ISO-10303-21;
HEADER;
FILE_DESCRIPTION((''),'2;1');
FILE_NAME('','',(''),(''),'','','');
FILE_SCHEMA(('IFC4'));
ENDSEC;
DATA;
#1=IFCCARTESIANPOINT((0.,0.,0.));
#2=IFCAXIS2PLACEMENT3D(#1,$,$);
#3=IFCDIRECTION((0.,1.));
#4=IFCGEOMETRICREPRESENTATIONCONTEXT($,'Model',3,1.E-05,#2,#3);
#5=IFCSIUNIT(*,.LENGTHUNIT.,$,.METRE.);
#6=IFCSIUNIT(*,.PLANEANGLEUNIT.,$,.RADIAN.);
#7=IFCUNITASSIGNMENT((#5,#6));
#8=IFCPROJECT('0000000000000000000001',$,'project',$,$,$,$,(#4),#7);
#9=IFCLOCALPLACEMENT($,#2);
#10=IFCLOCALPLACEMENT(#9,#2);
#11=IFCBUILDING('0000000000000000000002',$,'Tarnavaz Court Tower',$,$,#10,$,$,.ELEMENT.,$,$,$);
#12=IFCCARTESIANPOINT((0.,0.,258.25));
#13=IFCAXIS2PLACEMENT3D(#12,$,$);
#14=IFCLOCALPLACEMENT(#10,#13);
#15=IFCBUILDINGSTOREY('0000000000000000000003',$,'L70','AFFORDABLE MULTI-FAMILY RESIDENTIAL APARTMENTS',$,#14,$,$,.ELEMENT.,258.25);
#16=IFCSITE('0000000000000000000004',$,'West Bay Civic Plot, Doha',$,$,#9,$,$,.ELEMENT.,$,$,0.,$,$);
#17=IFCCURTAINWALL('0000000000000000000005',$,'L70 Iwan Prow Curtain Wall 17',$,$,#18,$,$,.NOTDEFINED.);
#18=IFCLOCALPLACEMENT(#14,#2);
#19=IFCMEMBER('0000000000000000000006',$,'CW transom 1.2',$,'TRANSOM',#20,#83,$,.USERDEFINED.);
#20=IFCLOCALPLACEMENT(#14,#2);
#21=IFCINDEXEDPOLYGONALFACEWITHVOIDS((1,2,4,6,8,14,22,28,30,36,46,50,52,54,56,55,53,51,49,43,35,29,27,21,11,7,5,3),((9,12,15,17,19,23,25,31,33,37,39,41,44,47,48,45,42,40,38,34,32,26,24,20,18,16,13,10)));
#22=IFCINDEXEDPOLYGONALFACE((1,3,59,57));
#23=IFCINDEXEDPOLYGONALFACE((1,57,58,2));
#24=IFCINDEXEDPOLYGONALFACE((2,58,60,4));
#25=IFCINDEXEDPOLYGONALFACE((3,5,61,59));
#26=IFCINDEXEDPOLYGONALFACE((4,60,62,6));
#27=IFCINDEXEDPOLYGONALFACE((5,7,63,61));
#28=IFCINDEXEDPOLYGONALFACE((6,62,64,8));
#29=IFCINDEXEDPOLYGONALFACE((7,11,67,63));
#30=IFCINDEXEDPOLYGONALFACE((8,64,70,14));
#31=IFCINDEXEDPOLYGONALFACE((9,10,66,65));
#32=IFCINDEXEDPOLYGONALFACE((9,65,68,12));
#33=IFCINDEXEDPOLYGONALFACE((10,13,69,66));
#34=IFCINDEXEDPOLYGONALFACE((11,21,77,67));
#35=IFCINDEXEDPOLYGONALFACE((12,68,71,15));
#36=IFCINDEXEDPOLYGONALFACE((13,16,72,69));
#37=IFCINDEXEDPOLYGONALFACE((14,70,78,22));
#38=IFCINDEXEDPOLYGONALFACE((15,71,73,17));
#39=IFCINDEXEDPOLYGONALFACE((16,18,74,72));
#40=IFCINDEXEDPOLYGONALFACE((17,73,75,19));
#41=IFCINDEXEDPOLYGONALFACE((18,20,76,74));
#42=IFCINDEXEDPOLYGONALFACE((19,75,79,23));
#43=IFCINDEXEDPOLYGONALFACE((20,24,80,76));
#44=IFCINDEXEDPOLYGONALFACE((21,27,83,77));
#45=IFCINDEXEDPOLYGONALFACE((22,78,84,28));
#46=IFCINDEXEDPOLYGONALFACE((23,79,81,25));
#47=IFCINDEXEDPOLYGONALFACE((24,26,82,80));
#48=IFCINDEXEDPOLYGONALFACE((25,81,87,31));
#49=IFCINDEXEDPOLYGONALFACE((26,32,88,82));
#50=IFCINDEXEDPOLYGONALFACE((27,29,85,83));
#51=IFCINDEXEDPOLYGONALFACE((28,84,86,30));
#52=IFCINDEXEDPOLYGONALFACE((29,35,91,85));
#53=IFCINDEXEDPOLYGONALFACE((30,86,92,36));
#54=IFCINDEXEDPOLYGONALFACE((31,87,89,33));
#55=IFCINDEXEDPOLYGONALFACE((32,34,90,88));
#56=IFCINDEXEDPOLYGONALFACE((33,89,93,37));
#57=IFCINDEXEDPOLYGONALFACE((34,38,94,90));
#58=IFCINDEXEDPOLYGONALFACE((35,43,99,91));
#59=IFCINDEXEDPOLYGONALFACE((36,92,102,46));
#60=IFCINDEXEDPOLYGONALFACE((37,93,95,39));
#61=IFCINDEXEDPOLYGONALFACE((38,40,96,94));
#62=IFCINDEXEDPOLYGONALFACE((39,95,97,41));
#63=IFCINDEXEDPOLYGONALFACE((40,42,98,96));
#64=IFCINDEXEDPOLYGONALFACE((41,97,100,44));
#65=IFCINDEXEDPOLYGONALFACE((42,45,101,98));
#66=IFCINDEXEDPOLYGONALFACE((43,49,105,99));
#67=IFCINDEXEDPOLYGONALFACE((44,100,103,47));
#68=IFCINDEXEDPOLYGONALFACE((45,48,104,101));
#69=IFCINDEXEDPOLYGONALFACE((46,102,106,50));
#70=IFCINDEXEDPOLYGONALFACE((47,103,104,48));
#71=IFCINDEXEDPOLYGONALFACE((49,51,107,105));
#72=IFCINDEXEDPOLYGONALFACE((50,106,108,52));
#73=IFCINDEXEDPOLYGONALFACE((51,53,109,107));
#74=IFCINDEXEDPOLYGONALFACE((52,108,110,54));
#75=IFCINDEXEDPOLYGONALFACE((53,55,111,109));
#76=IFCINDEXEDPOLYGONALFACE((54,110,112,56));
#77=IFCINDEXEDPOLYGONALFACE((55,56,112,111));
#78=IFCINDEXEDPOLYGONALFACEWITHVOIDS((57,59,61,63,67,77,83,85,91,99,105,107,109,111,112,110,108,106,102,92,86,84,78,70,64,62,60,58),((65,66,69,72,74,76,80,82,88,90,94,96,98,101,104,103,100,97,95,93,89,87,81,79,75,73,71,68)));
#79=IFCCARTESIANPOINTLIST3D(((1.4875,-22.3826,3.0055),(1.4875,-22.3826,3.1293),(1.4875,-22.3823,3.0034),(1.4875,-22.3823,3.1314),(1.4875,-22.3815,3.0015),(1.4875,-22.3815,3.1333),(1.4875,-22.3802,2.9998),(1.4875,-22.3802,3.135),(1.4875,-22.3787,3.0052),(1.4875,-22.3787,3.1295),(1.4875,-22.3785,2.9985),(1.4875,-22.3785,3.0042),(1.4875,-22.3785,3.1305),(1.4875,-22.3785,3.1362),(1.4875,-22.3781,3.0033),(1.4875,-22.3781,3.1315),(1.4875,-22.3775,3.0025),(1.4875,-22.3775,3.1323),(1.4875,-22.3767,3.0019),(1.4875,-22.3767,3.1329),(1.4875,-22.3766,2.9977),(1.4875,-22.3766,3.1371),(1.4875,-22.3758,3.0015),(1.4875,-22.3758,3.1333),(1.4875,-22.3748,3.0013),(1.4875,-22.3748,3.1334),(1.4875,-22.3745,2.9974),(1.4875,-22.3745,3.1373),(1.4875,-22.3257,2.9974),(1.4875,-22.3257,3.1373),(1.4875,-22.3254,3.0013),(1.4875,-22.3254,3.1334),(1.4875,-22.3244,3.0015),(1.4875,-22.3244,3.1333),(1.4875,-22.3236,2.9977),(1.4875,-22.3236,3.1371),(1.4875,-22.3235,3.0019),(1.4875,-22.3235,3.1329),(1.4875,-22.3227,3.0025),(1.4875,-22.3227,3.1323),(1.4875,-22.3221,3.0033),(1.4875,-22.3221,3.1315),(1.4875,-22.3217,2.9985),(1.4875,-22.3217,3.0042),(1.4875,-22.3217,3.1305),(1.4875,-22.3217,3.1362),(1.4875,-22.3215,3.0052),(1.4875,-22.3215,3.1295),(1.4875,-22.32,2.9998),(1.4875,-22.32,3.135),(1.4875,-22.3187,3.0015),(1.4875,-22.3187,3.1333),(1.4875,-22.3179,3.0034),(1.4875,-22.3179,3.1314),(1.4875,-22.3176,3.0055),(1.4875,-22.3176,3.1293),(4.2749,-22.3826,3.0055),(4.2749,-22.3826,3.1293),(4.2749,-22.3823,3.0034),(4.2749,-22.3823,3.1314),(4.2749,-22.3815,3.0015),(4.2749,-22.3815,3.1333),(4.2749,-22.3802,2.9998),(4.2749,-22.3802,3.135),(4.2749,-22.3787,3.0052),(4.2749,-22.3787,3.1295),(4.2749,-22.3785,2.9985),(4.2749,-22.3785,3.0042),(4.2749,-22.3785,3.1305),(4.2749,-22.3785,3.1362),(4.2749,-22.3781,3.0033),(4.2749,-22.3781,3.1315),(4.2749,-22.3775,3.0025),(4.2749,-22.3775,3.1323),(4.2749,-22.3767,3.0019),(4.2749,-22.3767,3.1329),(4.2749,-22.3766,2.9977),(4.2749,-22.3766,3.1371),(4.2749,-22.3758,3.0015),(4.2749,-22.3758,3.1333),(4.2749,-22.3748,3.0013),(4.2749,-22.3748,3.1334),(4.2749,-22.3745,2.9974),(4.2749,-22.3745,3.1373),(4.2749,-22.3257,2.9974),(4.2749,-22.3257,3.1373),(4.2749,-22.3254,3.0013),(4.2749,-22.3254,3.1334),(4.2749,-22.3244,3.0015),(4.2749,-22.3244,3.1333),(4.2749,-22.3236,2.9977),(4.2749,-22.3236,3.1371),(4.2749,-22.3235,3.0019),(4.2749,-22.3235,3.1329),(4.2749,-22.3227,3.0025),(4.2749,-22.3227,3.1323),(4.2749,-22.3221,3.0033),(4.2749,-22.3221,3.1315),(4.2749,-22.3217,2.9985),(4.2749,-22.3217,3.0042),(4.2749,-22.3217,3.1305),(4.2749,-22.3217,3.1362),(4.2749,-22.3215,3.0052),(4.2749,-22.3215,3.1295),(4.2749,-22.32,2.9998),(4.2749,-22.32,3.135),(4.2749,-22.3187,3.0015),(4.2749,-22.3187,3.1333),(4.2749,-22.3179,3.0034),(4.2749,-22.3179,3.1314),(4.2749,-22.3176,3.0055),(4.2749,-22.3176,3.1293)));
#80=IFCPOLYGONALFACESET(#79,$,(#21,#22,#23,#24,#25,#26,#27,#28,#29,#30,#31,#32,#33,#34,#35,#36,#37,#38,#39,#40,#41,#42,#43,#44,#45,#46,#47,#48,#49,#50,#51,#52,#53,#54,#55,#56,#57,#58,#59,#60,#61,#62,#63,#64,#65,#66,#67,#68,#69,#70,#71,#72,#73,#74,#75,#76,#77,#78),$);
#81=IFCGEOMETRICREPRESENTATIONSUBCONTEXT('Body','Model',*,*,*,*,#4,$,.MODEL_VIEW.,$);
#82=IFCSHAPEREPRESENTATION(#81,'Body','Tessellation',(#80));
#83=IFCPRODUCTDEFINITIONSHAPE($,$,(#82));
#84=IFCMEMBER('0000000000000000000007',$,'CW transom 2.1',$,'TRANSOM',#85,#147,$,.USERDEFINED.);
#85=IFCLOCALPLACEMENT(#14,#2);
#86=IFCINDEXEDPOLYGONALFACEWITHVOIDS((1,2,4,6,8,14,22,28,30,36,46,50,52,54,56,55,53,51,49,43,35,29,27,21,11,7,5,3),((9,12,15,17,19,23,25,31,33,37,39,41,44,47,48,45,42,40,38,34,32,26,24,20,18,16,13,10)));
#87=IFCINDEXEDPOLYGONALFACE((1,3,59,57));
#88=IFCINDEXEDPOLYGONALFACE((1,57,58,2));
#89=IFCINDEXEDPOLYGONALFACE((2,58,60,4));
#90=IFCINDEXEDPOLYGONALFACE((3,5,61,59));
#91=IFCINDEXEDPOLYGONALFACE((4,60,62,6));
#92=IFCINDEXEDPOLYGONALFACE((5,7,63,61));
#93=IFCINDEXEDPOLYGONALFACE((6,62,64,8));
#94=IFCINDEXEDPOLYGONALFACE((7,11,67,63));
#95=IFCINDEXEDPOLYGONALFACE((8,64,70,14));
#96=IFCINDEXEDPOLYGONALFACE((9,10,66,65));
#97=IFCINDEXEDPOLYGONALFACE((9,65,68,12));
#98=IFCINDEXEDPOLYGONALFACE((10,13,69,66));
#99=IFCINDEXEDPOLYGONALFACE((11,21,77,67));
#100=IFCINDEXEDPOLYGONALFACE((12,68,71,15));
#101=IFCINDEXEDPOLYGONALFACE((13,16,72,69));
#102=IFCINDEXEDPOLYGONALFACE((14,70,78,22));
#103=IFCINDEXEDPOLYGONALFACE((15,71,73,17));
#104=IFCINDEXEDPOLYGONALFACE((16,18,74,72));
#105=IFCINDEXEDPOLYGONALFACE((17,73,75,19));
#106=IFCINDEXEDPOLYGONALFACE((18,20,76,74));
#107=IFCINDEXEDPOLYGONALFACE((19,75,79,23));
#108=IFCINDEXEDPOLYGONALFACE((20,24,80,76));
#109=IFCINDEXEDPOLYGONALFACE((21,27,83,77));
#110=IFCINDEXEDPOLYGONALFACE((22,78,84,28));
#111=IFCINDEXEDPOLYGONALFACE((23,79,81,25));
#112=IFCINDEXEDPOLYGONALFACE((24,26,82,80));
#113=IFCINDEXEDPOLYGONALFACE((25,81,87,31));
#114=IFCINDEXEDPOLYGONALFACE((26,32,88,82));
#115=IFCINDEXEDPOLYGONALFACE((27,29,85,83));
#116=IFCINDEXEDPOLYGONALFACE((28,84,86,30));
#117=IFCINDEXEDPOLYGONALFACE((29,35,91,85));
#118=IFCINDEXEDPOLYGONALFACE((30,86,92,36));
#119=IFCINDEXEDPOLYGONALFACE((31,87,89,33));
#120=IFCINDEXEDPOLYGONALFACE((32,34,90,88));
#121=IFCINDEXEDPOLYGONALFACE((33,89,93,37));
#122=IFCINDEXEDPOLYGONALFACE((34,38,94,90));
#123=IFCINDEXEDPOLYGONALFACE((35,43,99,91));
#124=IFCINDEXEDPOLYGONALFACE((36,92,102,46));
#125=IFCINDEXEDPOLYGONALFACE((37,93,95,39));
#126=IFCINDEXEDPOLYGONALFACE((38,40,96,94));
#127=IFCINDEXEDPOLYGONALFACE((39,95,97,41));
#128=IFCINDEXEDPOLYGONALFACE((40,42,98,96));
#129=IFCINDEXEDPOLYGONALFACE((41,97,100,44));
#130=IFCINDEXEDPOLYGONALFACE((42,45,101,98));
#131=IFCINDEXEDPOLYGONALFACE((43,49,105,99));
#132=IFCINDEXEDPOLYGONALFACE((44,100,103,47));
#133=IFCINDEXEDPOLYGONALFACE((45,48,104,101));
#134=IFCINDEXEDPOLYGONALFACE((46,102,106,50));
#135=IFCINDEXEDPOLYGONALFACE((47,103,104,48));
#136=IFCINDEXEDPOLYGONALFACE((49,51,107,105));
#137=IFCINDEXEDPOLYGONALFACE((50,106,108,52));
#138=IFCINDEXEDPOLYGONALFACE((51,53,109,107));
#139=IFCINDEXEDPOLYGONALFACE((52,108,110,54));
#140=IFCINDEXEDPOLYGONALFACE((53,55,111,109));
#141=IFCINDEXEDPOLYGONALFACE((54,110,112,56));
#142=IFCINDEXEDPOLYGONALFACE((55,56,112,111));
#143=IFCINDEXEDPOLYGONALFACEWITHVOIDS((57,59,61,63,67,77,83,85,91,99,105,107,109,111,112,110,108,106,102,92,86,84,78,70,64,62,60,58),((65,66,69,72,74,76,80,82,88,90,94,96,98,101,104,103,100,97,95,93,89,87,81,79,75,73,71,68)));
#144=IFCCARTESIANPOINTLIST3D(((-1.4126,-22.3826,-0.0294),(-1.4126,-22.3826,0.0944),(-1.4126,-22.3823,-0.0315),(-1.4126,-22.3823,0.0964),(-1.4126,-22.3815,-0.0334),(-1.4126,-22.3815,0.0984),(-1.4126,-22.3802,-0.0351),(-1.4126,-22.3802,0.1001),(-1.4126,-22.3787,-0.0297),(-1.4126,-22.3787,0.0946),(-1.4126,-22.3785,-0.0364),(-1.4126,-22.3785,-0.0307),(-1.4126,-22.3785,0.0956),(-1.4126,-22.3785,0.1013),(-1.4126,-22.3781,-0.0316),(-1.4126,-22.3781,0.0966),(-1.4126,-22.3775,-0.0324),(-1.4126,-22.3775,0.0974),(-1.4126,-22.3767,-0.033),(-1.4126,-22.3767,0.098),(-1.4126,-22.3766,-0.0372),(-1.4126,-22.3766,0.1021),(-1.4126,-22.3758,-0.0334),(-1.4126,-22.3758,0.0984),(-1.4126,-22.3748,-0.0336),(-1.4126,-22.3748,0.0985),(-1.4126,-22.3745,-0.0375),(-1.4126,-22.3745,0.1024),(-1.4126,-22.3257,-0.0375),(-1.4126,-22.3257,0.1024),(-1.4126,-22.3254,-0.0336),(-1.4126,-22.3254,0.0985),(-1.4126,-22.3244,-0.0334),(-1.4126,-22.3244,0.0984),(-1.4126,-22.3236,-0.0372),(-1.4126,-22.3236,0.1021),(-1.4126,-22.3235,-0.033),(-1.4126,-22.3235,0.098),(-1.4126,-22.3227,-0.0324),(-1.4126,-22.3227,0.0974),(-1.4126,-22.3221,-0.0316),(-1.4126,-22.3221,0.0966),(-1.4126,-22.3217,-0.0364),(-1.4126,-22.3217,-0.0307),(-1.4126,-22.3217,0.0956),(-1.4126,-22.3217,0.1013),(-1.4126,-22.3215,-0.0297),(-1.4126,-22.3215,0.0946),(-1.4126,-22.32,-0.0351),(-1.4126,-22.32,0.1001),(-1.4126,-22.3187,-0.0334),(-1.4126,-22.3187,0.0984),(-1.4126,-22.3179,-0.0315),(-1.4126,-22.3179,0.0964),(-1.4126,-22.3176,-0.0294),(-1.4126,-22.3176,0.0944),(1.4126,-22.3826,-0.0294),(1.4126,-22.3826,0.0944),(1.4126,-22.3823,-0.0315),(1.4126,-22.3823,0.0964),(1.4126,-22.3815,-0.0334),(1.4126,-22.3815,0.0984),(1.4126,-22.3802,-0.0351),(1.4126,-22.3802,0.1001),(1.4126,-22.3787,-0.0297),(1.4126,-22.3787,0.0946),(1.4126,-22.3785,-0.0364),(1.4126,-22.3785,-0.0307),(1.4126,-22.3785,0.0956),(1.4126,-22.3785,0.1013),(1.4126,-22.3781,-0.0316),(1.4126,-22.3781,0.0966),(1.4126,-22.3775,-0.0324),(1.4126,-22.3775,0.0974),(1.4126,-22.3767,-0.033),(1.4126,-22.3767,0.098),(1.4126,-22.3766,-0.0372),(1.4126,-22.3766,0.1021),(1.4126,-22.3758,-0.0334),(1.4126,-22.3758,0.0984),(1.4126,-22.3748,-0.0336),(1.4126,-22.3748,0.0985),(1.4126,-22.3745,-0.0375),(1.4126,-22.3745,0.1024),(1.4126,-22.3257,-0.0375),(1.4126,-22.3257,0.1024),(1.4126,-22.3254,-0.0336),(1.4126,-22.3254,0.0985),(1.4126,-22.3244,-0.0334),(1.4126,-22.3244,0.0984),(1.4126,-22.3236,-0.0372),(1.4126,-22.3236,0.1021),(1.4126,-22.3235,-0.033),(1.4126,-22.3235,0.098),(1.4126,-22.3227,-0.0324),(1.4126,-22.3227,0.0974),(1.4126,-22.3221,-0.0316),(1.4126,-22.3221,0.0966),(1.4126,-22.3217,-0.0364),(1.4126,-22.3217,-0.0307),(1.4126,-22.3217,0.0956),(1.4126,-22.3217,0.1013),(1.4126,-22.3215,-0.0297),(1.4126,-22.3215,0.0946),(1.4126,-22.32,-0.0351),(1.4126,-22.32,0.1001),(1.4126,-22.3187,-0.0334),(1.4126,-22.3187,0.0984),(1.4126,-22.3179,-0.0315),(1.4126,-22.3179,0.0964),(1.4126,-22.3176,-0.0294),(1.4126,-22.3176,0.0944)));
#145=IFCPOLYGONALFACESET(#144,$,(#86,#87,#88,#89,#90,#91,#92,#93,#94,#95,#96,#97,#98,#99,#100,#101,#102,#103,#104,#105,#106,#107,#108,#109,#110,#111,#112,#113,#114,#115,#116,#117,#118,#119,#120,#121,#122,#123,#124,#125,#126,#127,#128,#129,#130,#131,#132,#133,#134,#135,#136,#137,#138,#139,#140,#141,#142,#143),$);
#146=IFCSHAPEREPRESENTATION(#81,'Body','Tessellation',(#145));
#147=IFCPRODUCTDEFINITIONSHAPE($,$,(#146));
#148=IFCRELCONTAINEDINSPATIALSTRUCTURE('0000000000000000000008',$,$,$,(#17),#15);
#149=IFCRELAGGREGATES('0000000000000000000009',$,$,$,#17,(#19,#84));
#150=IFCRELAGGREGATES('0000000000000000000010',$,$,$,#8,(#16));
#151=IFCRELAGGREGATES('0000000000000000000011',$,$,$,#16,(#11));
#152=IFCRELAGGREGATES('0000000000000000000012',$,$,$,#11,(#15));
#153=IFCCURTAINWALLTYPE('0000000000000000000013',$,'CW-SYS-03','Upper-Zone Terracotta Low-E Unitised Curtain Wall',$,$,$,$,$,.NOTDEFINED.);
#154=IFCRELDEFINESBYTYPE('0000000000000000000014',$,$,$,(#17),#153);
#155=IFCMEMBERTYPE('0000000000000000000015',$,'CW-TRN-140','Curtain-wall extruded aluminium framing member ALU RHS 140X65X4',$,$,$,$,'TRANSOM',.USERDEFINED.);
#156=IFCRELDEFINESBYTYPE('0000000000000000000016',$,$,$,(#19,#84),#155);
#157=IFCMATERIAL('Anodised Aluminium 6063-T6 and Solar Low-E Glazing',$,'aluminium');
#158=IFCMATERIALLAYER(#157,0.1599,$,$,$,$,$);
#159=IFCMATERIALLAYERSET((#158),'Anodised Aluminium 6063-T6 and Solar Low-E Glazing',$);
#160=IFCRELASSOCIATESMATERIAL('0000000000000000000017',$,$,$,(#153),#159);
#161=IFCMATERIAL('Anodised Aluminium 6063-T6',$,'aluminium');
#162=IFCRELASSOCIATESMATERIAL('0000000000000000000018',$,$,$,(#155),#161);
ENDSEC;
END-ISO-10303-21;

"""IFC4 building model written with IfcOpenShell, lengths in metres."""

from ifc_helpers import new_model, si_unit, direction, frame, origin, origin_2d, place, context, subcontext, project, spatial, hollow_rectangle, extrude, material, layer, layer_set, material_profile, profile_set, type_object, element, aggregate, save


model = new_model("IFC4")

# Units and contexts
model_context = context("Model", 3, precision=1e-05, world=origin(), true_north=direction((0.0, 1.0)))
body_context = subcontext(model_context, "Body", "Model", "MODEL_VIEW")
ifc_project = project(units=[si_unit("LENGTHUNIT", "METRE"), si_unit("PLANEANGLEUNIT", "RADIAN")], contexts=[model_context])

# Site, building, storey
site_placement = place(None, origin())
site = spatial("IfcSite", under=ifc_project, at=site_placement, Name="West Bay Civic Plot, Doha", CompositionType="ELEMENT", RefElevation=0.0)
building_placement = place(site_placement, origin())
building = spatial("IfcBuilding", under=site, at=building_placement, Name="Tarnavaz Court Tower", CompositionType="ELEMENT")
storey_placement = place(building_placement, frame((0.0, 0.0, 258.25)))
storey = spatial("IfcBuildingStorey", under=building, at=storey_placement, Name="L70", Description="AFFORDABLE MULTI-FAMILY RESIDENTIAL APARTMENTS", CompositionType="ELEMENT", Elevation=258.25)

# Curtain wall, members
ifc_material_1 = material(Name="Anodised Aluminium 6063-T6 and Solar Low-E Glazing", Category="aluminium")
ifc_layer_1 = layer(ifc_material_1, 0.1599)
ifc_layer_set_1 = layer_set([ifc_layer_1], Name="Anodised Aluminium 6063-T6 and Solar Low-E Glazing")
curtain_wall_type = type_object("IfcCurtainWallType", Name="CW-SYS-03", Description="Upper-Zone Terracotta Low-E Unitised Curtain Wall", PredefinedType="NOTDEFINED", material=ifc_layer_set_1)
curtain_wall_placement = place(storey_placement, origin())
curtain_wall = element("IfcCurtainWall", 1, at=curtain_wall_placement, inside=storey, type_object=curtain_wall_type, Name="L70 Iwan Prow Curtain Wall 17", PredefinedType="NOTDEFINED")
ifc_material_2 = material(Name="Anodised Aluminium 6063-T6", Category="aluminium")
ifc_material_profile_1 = material_profile(ifc_material_2, hollow_rectangle(XDim=0.0649, YDim=0.1399, WallThickness=0.0039, InnerFilletRadius=0.0039, OuterFilletRadius=0.0081, at=origin_2d()), Name="ALU RHS 140X65X4")
ifc_profile_set_1 = profile_set([ifc_material_profile_1], Name="Anodised Aluminium 6063-T6")
member_type_1 = type_object("IfcMemberType", Name="CW-TRN-140", Description="Curtain-wall extruded aluminium framing member ALU RHS 140X65X4", ElementType="TRANSOM", PredefinedType="USERDEFINED", material=ifc_profile_set_1)
member_1_placement = place(storey_placement, frame((4.2749, -22.3501, 3.0674), z_axis=(-1.0, 0.0, 0.0), x_axis=(0.0, -1.0, 0.0)))
member_1 = element("IfcMember", 2, at=member_1_placement, type_object=member_type_1, Name="CW transom 1.2", ObjectType="TRANSOM", PredefinedType="USERDEFINED", context=body_context, shape_type="SweptSolid", body=[
    extrude(hollow_rectangle(XDim=0.0649, YDim=0.1399, WallThickness=0.0039, InnerFilletRadius=0.0039, OuterFilletRadius=0.0081, at=origin_2d()), origin(), (0.0, 0.0, 1.0), 2.7874),
])
member_2_placement = place(storey_placement, frame((1.4126, -22.3501, 0.0325), z_axis=(-1.0, 0.0, 0.0), x_axis=(0.0, -1.0, 0.0)))
member_2 = element("IfcMember", 3, at=member_2_placement, type_object=member_type_1, Name="CW transom 2.1", ObjectType="TRANSOM", PredefinedType="USERDEFINED", context=body_context, shape_type="SweptSolid", body=[
    extrude(hollow_rectangle(XDim=0.0649, YDim=0.1399, WallThickness=0.0039, InnerFilletRadius=0.0039, OuterFilletRadius=0.0081, at=origin_2d()), origin(), (0.0, 0.0, 1.0), 2.8252),
])
aggregate(curtain_wall, [member_1, member_2])

save(model, "model.ifc")
